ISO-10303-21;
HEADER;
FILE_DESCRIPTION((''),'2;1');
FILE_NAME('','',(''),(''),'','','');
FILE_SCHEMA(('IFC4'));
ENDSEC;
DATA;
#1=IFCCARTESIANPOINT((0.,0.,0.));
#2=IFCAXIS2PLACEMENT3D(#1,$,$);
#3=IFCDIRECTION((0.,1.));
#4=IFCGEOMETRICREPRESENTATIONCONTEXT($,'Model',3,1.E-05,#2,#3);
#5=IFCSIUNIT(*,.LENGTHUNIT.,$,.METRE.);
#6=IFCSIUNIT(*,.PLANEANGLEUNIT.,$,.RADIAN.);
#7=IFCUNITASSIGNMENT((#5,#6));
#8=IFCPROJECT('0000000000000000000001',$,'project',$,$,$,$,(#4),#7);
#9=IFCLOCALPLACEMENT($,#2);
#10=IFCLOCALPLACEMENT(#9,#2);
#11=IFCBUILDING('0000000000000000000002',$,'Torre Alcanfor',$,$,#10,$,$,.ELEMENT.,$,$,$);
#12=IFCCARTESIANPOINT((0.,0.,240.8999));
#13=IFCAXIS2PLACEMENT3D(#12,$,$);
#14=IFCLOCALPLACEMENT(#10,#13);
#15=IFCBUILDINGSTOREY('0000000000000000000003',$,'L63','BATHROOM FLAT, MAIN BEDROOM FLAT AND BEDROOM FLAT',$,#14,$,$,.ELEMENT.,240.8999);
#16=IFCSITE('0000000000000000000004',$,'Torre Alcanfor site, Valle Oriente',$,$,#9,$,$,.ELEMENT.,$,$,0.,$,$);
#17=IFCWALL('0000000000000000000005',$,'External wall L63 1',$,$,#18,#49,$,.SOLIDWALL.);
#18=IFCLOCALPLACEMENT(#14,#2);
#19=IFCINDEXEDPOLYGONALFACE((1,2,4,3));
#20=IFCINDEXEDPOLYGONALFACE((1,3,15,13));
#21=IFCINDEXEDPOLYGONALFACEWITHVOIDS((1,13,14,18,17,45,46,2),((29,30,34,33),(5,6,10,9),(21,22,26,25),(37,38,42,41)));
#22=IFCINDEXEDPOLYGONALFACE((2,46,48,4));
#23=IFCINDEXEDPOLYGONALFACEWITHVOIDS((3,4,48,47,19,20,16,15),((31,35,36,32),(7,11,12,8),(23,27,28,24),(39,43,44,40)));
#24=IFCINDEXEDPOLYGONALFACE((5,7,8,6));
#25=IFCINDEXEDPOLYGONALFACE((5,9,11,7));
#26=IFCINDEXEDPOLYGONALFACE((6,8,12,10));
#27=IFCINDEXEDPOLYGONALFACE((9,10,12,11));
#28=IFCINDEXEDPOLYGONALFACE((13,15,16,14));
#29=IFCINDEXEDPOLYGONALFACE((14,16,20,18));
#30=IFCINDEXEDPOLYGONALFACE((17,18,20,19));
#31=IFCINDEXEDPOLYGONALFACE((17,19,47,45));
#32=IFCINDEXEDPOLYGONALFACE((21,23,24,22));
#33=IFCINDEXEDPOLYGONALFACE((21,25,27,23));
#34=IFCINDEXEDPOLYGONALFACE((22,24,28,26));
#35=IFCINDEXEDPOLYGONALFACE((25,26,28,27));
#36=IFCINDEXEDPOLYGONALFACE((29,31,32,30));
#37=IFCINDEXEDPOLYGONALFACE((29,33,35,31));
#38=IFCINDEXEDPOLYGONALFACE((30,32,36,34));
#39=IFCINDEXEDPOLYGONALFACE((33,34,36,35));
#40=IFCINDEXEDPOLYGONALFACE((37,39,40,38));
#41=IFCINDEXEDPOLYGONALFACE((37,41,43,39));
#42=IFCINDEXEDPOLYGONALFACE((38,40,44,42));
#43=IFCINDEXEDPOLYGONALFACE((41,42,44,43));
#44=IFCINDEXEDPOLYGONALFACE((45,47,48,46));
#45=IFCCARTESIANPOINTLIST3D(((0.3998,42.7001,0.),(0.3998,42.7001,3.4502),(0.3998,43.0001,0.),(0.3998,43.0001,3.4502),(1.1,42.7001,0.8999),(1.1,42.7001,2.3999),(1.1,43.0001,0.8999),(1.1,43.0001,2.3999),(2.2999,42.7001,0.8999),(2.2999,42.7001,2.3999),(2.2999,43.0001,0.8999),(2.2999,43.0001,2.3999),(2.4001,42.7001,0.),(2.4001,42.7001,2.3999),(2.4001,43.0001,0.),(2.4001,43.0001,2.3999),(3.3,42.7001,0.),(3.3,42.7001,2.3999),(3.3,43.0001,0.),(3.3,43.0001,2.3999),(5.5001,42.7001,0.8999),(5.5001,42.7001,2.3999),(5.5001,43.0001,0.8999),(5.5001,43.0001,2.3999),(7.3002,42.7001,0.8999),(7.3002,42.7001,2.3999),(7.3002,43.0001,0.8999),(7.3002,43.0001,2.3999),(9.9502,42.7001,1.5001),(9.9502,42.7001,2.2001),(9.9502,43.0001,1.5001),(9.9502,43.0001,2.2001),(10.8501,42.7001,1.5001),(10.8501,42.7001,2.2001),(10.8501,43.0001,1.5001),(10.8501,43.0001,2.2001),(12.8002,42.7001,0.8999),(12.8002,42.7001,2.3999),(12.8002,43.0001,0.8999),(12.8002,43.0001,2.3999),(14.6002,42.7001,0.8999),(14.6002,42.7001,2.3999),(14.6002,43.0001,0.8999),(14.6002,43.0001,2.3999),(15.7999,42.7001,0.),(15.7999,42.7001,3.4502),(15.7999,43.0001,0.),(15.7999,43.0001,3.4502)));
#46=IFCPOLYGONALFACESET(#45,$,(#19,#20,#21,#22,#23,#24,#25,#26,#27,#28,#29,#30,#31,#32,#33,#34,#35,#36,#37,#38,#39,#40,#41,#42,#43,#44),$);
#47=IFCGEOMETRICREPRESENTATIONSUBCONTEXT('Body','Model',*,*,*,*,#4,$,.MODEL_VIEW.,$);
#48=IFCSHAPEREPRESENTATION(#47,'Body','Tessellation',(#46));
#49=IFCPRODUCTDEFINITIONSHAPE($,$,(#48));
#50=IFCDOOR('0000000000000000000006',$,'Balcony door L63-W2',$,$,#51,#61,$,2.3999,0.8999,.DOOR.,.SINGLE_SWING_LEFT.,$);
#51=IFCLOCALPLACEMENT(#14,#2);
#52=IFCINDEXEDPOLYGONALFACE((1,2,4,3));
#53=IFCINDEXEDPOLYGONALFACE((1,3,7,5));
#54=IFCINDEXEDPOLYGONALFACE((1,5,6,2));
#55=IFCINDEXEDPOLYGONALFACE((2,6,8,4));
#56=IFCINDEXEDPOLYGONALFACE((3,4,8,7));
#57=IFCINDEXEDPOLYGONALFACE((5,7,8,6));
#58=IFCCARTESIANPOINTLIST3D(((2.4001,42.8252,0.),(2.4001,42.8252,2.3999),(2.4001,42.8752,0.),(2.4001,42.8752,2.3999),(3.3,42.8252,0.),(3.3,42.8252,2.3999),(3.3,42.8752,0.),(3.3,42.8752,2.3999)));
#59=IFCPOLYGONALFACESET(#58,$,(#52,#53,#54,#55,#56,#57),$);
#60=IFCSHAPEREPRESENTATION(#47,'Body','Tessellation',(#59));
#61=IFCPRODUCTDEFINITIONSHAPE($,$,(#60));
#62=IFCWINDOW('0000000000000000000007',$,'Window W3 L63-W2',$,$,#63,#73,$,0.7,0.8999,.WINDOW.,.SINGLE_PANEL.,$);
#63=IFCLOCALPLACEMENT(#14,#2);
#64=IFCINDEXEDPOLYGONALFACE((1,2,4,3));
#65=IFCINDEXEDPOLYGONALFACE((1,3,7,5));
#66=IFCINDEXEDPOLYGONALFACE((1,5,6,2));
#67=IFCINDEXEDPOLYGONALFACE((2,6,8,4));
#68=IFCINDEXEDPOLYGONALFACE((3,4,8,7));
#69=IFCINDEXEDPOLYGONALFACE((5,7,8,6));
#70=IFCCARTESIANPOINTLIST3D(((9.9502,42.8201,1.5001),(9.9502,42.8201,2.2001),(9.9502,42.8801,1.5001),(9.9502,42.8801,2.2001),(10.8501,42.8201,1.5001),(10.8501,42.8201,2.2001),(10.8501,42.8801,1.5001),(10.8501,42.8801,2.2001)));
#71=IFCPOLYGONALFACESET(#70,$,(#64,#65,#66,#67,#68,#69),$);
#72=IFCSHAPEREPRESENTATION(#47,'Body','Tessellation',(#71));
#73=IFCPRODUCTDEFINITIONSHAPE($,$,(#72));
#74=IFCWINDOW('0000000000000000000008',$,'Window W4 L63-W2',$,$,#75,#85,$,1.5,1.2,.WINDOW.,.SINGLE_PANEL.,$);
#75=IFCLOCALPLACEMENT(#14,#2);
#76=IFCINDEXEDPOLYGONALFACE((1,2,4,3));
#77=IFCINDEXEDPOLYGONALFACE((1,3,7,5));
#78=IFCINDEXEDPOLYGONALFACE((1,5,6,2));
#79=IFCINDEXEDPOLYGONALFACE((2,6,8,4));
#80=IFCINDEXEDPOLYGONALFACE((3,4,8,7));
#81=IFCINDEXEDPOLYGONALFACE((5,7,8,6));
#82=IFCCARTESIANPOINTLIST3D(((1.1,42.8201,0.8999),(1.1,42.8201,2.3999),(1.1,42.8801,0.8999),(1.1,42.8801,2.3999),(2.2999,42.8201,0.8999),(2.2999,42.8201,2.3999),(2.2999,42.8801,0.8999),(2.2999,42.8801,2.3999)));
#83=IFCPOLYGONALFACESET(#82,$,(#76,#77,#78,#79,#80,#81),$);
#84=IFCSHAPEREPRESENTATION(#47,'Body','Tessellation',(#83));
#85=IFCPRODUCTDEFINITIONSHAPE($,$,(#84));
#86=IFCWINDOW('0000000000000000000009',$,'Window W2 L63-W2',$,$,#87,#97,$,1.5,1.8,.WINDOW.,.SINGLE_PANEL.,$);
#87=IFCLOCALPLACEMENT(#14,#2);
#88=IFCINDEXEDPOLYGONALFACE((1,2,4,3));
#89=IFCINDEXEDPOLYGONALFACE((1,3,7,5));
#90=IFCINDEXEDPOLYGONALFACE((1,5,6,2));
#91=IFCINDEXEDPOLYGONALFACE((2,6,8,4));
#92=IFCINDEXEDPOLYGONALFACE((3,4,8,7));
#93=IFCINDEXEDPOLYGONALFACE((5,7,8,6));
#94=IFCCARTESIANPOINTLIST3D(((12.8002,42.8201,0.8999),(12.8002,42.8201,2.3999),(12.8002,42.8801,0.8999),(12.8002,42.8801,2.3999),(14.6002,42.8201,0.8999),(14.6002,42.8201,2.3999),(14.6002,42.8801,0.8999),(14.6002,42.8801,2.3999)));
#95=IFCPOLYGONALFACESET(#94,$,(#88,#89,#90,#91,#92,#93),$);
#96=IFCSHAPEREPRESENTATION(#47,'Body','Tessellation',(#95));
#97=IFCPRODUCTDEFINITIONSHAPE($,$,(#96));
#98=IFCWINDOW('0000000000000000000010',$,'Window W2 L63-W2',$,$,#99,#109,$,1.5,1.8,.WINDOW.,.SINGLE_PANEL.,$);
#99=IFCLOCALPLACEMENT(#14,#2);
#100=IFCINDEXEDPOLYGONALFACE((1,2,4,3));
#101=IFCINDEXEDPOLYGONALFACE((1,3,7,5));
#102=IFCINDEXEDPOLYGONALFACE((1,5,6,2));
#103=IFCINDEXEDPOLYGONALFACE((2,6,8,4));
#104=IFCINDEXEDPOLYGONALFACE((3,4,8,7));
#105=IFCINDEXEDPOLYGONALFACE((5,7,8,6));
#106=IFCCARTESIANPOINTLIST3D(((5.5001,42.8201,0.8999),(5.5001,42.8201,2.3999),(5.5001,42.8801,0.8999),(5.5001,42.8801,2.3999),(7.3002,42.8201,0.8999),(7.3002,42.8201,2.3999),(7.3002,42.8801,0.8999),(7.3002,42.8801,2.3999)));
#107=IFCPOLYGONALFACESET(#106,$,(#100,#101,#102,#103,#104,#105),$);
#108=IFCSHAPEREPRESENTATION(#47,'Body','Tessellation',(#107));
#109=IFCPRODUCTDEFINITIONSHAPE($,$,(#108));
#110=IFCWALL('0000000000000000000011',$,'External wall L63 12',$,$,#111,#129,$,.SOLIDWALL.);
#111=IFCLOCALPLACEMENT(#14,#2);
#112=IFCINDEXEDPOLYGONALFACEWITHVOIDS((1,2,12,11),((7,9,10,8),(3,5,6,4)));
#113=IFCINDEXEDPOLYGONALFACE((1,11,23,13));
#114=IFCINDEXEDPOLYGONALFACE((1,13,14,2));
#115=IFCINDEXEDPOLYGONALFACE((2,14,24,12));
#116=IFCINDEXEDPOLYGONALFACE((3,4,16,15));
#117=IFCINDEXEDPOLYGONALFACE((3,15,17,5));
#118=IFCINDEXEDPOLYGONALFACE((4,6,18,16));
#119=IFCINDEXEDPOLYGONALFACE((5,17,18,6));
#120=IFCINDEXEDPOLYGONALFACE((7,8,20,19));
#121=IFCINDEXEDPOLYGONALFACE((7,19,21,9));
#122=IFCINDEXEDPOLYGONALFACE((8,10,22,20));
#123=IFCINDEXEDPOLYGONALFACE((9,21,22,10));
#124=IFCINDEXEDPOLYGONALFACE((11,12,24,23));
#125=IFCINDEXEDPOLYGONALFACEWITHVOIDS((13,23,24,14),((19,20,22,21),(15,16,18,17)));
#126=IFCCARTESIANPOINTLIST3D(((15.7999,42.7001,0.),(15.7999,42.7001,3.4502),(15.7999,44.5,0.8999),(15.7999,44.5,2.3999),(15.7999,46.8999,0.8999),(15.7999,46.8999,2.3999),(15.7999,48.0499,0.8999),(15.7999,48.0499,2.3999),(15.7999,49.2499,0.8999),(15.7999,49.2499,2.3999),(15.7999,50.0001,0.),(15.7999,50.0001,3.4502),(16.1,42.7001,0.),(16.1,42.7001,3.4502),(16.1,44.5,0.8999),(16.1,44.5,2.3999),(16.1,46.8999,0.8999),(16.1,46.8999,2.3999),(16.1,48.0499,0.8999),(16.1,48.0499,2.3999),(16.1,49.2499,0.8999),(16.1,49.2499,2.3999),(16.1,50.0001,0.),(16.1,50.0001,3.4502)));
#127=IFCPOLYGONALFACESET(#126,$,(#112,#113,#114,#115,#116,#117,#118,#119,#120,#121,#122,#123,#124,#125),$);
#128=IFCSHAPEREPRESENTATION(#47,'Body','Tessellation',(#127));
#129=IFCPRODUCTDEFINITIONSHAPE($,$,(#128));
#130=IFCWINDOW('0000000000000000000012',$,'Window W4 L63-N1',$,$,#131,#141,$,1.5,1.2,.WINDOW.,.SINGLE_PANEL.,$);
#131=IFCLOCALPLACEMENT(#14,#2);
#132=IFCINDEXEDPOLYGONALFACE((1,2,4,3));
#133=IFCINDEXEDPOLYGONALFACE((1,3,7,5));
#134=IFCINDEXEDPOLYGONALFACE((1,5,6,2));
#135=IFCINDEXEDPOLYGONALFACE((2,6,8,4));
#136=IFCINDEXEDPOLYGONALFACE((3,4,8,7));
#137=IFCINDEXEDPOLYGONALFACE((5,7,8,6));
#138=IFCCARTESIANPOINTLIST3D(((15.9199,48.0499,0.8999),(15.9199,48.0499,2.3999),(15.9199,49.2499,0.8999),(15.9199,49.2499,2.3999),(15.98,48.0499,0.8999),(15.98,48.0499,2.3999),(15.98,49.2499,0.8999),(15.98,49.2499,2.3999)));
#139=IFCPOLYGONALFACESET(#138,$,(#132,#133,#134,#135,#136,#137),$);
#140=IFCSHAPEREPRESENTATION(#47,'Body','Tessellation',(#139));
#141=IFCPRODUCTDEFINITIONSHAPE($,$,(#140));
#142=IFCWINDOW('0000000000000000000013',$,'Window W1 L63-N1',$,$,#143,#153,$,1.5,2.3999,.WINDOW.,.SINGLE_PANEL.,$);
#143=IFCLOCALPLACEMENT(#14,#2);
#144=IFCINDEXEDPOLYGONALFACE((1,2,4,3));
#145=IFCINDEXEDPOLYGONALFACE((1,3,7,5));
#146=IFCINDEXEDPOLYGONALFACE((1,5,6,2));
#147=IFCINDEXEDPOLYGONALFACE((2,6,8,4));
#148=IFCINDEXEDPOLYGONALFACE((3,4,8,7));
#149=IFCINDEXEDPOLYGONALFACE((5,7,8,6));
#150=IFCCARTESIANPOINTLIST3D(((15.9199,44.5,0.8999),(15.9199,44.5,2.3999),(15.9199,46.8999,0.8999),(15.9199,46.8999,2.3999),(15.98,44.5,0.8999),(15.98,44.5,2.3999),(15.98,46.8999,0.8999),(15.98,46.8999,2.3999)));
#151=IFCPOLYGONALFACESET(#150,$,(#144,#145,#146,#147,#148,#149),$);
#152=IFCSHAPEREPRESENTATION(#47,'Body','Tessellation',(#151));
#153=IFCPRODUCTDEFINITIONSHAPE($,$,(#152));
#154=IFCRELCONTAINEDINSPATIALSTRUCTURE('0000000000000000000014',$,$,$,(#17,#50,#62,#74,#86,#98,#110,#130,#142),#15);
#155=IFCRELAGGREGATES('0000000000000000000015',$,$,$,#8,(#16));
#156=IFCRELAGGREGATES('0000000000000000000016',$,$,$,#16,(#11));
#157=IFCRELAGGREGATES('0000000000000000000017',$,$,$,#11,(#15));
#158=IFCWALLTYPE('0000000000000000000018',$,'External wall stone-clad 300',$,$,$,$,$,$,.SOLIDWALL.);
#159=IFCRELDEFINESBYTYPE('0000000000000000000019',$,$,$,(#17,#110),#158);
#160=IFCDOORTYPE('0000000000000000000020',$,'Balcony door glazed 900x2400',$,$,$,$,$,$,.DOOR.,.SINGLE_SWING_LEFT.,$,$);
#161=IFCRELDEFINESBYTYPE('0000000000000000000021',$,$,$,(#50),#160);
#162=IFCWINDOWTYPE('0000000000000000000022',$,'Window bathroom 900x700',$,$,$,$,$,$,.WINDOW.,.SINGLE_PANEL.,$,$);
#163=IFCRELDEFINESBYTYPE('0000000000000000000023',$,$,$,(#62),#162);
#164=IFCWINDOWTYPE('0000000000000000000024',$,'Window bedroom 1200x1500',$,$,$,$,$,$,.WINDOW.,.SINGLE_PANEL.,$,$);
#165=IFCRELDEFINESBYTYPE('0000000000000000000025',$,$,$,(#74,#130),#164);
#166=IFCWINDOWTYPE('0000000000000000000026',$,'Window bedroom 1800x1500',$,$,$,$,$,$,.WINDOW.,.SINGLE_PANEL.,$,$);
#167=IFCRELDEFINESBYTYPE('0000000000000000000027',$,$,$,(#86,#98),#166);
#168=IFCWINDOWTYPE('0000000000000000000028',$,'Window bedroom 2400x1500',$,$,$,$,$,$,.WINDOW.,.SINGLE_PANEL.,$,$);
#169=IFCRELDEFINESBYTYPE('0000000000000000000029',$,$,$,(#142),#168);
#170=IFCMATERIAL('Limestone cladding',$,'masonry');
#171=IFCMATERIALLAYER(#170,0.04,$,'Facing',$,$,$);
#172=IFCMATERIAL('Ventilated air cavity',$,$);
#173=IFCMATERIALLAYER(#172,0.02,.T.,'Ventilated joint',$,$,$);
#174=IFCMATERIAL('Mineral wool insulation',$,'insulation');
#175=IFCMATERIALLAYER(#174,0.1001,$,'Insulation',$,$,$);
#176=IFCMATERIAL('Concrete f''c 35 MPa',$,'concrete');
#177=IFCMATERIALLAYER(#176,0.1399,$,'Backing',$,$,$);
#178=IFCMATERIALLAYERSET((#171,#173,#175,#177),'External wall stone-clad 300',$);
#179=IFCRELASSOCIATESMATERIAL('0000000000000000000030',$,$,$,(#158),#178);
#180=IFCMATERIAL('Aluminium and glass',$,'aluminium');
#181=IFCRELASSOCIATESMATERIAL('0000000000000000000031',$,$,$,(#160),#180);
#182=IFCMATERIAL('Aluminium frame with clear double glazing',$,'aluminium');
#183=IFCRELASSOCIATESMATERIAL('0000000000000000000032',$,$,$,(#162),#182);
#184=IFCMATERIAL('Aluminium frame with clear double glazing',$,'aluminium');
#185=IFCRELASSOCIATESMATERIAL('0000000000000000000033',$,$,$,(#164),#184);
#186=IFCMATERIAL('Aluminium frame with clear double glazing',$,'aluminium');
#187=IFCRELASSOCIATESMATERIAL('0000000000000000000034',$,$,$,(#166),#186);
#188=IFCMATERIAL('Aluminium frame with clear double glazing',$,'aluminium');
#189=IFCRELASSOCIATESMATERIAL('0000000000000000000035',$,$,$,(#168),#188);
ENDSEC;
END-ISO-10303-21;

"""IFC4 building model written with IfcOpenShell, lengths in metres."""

from ifc_helpers import new_model, si_unit, direction, frame, frame_2d, origin, place, context, subcontext, project, spatial, rectangle, extrude, material, layer, layer_set, type_object, element, fill, save


model = new_model("IFC4")

# Units and contexts
model_context = context("Model", 3, precision=1e-05, world=origin(), true_north=direction((0.0, 1.0)))
body_context = subcontext(model_context, "Body", "Model", "MODEL_VIEW")
ifc_project = project(units=[si_unit("LENGTHUNIT", "METRE"), si_unit("PLANEANGLEUNIT", "RADIAN")], contexts=[model_context])

# Site, building, storey
site_placement = place(None, origin())
site = spatial("IfcSite", under=ifc_project, at=site_placement, Name="Torre Alcanfor site, Valle Oriente", CompositionType="ELEMENT", RefElevation=0.0)
building_placement = place(site_placement, origin())
building = spatial("IfcBuilding", under=site, at=building_placement, Name="Torre Alcanfor", CompositionType="ELEMENT")
storey_placement = place(building_placement, frame((0.0, 0.0, 240.8999)))
storey = spatial("IfcBuildingStorey", under=building, at=storey_placement, Name="L63", Description="BATHROOM FLAT, MAIN BEDROOM FLAT AND BEDROOM FLAT", CompositionType="ELEMENT", Elevation=240.8999)

# Wall, openings, door, windows
ifc_material_1 = material(Name="Limestone cladding", Category="masonry")
ifc_layer_1 = layer(ifc_material_1, 0.04, Name="Facing")
ifc_material_2 = material(Name="Ventilated air cavity")
ifc_layer_2 = layer(ifc_material_2, 0.02, ventilated=True, Name="Ventilated joint")
ifc_material_3 = material(Name="Mineral wool insulation", Category="insulation")
ifc_layer_3 = layer(ifc_material_3, 0.1001, Name="Insulation")
ifc_material_4 = material(Name="Concrete f'c 35 MPa", Category="concrete")
ifc_layer_4 = layer(ifc_material_4, 0.1399, Name="Backing")
ifc_layer_set_1 = layer_set([ifc_layer_1, ifc_layer_2, ifc_layer_3, ifc_layer_4], Name="External wall stone-clad 300")
wall_type_1 = type_object("IfcWallType", Name="External wall stone-clad 300", PredefinedType="SOLIDWALL", material=ifc_layer_set_1)
wall_1_placement = place(storey_placement, frame((15.8, 42.8501, 0.0), z_axis=(0.0, 0.0, 1.0), x_axis=(-1.0, 0.0, 0.0)))
wall_1 = element("IfcWall", 1, at=wall_1_placement, inside=storey, type_object=wall_type_1, Name="External wall L63 1", PredefinedType="SOLIDWALL", context=body_context, shape_type="SweptSolid", body=[
    extrude(rectangle(XDim=15.4001, YDim=0.3, at=frame_2d((7.7002, 0.0))), origin(), (0.0, 0.0, 1.0), 3.4502),
])
opening_1_placement = place(wall_1_placement, frame((1.2, 0.0, 0.8999)))
opening_1 = element("IfcOpeningElement", 2, at=opening_1_placement, cuts=wall_1, PredefinedType="OPENING", context=body_context, shape_type="SweptSolid", body=[
    extrude(rectangle(XDim=1.8, YDim=1.5, at=frame_2d((0.8999, 0.75))), frame((0.0, 0.1599, 0.0), z_axis=(0.0, -1.0, 0.0), x_axis=(1.0, 0.0, 0.0)), (0.0, 0.0, 1.0), 0.3201),
])
opening_2_placement = place(wall_1_placement, frame((4.95, 0.0, 1.5)))
opening_2 = element("IfcOpeningElement", 3, at=opening_2_placement, cuts=wall_1, PredefinedType="OPENING", context=body_context, shape_type="SweptSolid", body=[
    extrude(rectangle(XDim=0.8999, YDim=0.7, at=frame_2d((0.45, 0.3501))), frame((0.0, 0.1599, 0.0), z_axis=(0.0, -1.0, 0.0), x_axis=(1.0, 0.0, 0.0)), (0.0, 0.0, 1.0), 0.3201),
])
opening_3_placement = place(wall_1_placement, frame((8.5, 0.0, 0.8999)))
opening_3 = element("IfcOpeningElement", 4, at=opening_3_placement, cuts=wall_1, PredefinedType="OPENING", context=body_context, shape_type="SweptSolid", body=[
    extrude(rectangle(XDim=1.8, YDim=1.5, at=frame_2d((0.8999, 0.75))), frame((0.0, 0.1599, 0.0), z_axis=(0.0, -1.0, 0.0), x_axis=(1.0, 0.0, 0.0)), (0.0, 0.0, 1.0), 0.3201),
])
opening_4_placement = place(wall_1_placement, frame((12.5, 0.0, 0.0)))
opening_4 = element("IfcOpeningElement", 5, at=opening_4_placement, cuts=wall_1, PredefinedType="OPENING", context=body_context, shape_type="SweptSolid", body=[
    extrude(rectangle(XDim=0.8999, YDim=2.3999, at=frame_2d((0.45, 1.2))), frame((0.0, 0.1599, 0.0), z_axis=(0.0, -1.0, 0.0), x_axis=(1.0, 0.0, 0.0)), (0.0, 0.0, 1.0), 0.3201),
])
opening_5_placement = place(wall_1_placement, frame((13.5, 0.0, 0.8999)))
opening_5 = element("IfcOpeningElement", 6, at=opening_5_placement, cuts=wall_1, PredefinedType="OPENING", context=body_context, shape_type="SweptSolid", body=[
    extrude(rectangle(XDim=1.2, YDim=1.5, at=frame_2d((0.6001, 0.75))), frame((0.0, 0.1599, 0.0), z_axis=(0.0, -1.0, 0.0), x_axis=(1.0, 0.0, 0.0)), (0.0, 0.0, 1.0), 0.3201),
])
ifc_material_5 = material(Name="Aluminium and glass", Category="aluminium")
door_type = type_object("IfcDoorType", Name="Balcony door glazed 900x2400", OperationType="SINGLE_SWING_LEFT", PredefinedType="DOOR", material=ifc_material_5)
door_placement = place(opening_4_placement, origin())
door = element("IfcDoor", 7, at=door_placement, inside=storey, type_object=door_type, Name="Balcony door L63-W2", OperationType="SINGLE_SWING_LEFT", OverallHeight=2.3999, OverallWidth=0.8999, PredefinedType="DOOR", context=body_context, shape_type="SweptSolid", body=[
    extrude(rectangle(XDim=0.8999, YDim=2.3999, at=frame_2d((0.45, 1.2))), frame((0.0, 0.0249, 0.0), z_axis=(0.0, -1.0, 0.0), x_axis=(1.0, 0.0, 0.0)), (0.0, 0.0, 1.0), 0.05),
])
fill(opening_4, door)
ifc_material_6 = material(Name="Aluminium frame with clear double glazing", Category="aluminium")
window_type_1 = type_object("IfcWindowType", Name="Window bathroom 900x700", PartitioningType="SINGLE_PANEL", PredefinedType="WINDOW", material=ifc_material_6)
window_1_placement = place(opening_2_placement, origin())
window_1 = element("IfcWindow", 8, at=window_1_placement, inside=storey, type_object=window_type_1, Name="Window W3 L63-W2", OverallHeight=0.7, OverallWidth=0.8999, PartitioningType="SINGLE_PANEL", PredefinedType="WINDOW", context=body_context, shape_type="SweptSolid", body=[
    extrude(rectangle(XDim=0.8999, YDim=0.7, at=frame_2d((0.45, 0.3501))), frame((0.0, 0.03, 0.0), z_axis=(0.0, -1.0, 0.0), x_axis=(1.0, 0.0, 0.0)), (0.0, 0.0, 1.0), 0.0601),
])
fill(opening_2, window_1)
ifc_material_7 = material(Name="Aluminium frame with clear double glazing", Category="aluminium")
window_type_2 = type_object("IfcWindowType", Name="Window bedroom 1200x1500", PartitioningType="SINGLE_PANEL", PredefinedType="WINDOW", material=ifc_material_7)
window_2_placement = place(opening_5_placement, origin())
window_2 = element("IfcWindow", 9, at=window_2_placement, inside=storey, type_object=window_type_2, Name="Window W4 L63-W2", OverallHeight=1.5, OverallWidth=1.2, PartitioningType="SINGLE_PANEL", PredefinedType="WINDOW", context=body_context, shape_type="SweptSolid", body=[
    extrude(rectangle(XDim=1.2, YDim=1.5, at=frame_2d((0.6001, 0.75))), frame((0.0, 0.03, 0.0), z_axis=(0.0, -1.0, 0.0), x_axis=(1.0, 0.0, 0.0)), (0.0, 0.0, 1.0), 0.0601),
])
fill(opening_5, window_2)
ifc_material_8 = material(Name="Aluminium frame with clear double glazing", Category="aluminium")
window_type_3 = type_object("IfcWindowType", Name="Window bedroom 1800x1500", PartitioningType="SINGLE_PANEL", PredefinedType="WINDOW", material=ifc_material_8)
window_3_placement = place(opening_1_placement, origin())
window_3 = element("IfcWindow", 10, at=window_3_placement, inside=storey, type_object=window_type_3, Name="Window W2 L63-W2", OverallHeight=1.5, OverallWidth=1.8, PartitioningType="SINGLE_PANEL", PredefinedType="WINDOW", context=body_context, shape_type="SweptSolid", body=[
    extrude(rectangle(XDim=1.8, YDim=1.5, at=frame_2d((0.8999, 0.75))), frame((0.0, 0.03, 0.0), z_axis=(0.0, -1.0, 0.0), x_axis=(1.0, 0.0, 0.0)), (0.0, 0.0, 1.0), 0.0601),
])
fill(opening_1, window_3)
window_4_placement = place(opening_3_placement, origin())
window_4 = element("IfcWindow", 11, at=window_4_placement, inside=storey, type_object=window_type_3, Name="Window W2 L63-W2", OverallHeight=1.5, OverallWidth=1.8, PartitioningType="SINGLE_PANEL", PredefinedType="WINDOW", context=body_context, shape_type="SweptSolid", body=[
    extrude(rectangle(XDim=1.8, YDim=1.5, at=frame_2d((0.8999, 0.75))), frame((0.0, 0.03, 0.0), z_axis=(0.0, -1.0, 0.0), x_axis=(1.0, 0.0, 0.0)), (0.0, 0.0, 1.0), 0.0601),
])
fill(opening_3, window_4)

# Wall, openings, windows
wall_2_placement = place(storey_placement, frame((15.95, 50.0, 0.0), z_axis=(0.0, 0.0, 1.0), x_axis=(0.0, -1.0, 0.0)))
wall_2 = element("IfcWall", 12, at=wall_2_placement, inside=storey, type_object=wall_type_1, Name="External wall L63 12", PredefinedType="SOLIDWALL", context=body_context, shape_type="SweptSolid", body=[
    extrude(rectangle(XDim=7.3, YDim=0.3, at=frame_2d((3.6499, 0.0))), origin(), (0.0, 0.0, 1.0), 3.4502),
])
opening_6_placement = place(wall_2_placement, frame((3.1001, 0.0, 0.8999)))
opening_6 = element("IfcOpeningElement", 13, at=opening_6_placement, cuts=wall_2, PredefinedType="OPENING", context=body_context, shape_type="SweptSolid", body=[
    extrude(rectangle(XDim=2.3999, YDim=1.5, at=frame_2d((1.2, 0.75))), frame((0.0, 0.1599, 0.0), z_axis=(0.0, -1.0, 0.0), x_axis=(1.0, 0.0, 0.0)), (0.0, 0.0, 1.0), 0.3201),
])
opening_7_placement = place(wall_2_placement, frame((0.75, 0.0, 0.8999)))
opening_7 = element("IfcOpeningElement", 14, at=opening_7_placement, cuts=wall_2, PredefinedType="OPENING", context=body_context, shape_type="SweptSolid", body=[
    extrude(rectangle(XDim=1.2, YDim=1.5, at=frame_2d((0.6001, 0.75))), frame((0.0, 0.1599, 0.0), z_axis=(0.0, -1.0, 0.0), x_axis=(1.0, 0.0, 0.0)), (0.0, 0.0, 1.0), 0.3201),
])
window_5_placement = place(opening_7_placement, origin())
window_5 = element("IfcWindow", 15, at=window_5_placement, inside=storey, type_object=window_type_2, Name="Window W4 L63-N1", OverallHeight=1.5, OverallWidth=1.2, PartitioningType="SINGLE_PANEL", PredefinedType="WINDOW", context=body_context, shape_type="SweptSolid", body=[
    extrude(rectangle(XDim=1.2, YDim=1.5, at=frame_2d((0.6001, 0.75))), frame((0.0, 0.03, 0.0), z_axis=(0.0, -1.0, 0.0), x_axis=(1.0, 0.0, 0.0)), (0.0, 0.0, 1.0), 0.0601),
])
fill(opening_7, window_5)
ifc_material_9 = material(Name="Aluminium frame with clear double glazing", Category="aluminium")
window_type_4 = type_object("IfcWindowType", Name="Window bedroom 2400x1500", PartitioningType="SINGLE_PANEL", PredefinedType="WINDOW", material=ifc_material_9)
window_6_placement = place(opening_6_placement, origin())
window_6 = element("IfcWindow", 16, at=window_6_placement, inside=storey, type_object=window_type_4, Name="Window W1 L63-N1", OverallHeight=1.5, OverallWidth=2.3999, PartitioningType="SINGLE_PANEL", PredefinedType="WINDOW", context=body_context, shape_type="SweptSolid", body=[
    extrude(rectangle(XDim=2.3999, YDim=1.5, at=frame_2d((1.2, 0.75))), frame((0.0, 0.03, 0.0), z_axis=(0.0, -1.0, 0.0), x_axis=(1.0, 0.0, 0.0)), (0.0, 0.0, 1.0), 0.0601),
])
fill(opening_6, window_6)

save(model, "model.ifc")
